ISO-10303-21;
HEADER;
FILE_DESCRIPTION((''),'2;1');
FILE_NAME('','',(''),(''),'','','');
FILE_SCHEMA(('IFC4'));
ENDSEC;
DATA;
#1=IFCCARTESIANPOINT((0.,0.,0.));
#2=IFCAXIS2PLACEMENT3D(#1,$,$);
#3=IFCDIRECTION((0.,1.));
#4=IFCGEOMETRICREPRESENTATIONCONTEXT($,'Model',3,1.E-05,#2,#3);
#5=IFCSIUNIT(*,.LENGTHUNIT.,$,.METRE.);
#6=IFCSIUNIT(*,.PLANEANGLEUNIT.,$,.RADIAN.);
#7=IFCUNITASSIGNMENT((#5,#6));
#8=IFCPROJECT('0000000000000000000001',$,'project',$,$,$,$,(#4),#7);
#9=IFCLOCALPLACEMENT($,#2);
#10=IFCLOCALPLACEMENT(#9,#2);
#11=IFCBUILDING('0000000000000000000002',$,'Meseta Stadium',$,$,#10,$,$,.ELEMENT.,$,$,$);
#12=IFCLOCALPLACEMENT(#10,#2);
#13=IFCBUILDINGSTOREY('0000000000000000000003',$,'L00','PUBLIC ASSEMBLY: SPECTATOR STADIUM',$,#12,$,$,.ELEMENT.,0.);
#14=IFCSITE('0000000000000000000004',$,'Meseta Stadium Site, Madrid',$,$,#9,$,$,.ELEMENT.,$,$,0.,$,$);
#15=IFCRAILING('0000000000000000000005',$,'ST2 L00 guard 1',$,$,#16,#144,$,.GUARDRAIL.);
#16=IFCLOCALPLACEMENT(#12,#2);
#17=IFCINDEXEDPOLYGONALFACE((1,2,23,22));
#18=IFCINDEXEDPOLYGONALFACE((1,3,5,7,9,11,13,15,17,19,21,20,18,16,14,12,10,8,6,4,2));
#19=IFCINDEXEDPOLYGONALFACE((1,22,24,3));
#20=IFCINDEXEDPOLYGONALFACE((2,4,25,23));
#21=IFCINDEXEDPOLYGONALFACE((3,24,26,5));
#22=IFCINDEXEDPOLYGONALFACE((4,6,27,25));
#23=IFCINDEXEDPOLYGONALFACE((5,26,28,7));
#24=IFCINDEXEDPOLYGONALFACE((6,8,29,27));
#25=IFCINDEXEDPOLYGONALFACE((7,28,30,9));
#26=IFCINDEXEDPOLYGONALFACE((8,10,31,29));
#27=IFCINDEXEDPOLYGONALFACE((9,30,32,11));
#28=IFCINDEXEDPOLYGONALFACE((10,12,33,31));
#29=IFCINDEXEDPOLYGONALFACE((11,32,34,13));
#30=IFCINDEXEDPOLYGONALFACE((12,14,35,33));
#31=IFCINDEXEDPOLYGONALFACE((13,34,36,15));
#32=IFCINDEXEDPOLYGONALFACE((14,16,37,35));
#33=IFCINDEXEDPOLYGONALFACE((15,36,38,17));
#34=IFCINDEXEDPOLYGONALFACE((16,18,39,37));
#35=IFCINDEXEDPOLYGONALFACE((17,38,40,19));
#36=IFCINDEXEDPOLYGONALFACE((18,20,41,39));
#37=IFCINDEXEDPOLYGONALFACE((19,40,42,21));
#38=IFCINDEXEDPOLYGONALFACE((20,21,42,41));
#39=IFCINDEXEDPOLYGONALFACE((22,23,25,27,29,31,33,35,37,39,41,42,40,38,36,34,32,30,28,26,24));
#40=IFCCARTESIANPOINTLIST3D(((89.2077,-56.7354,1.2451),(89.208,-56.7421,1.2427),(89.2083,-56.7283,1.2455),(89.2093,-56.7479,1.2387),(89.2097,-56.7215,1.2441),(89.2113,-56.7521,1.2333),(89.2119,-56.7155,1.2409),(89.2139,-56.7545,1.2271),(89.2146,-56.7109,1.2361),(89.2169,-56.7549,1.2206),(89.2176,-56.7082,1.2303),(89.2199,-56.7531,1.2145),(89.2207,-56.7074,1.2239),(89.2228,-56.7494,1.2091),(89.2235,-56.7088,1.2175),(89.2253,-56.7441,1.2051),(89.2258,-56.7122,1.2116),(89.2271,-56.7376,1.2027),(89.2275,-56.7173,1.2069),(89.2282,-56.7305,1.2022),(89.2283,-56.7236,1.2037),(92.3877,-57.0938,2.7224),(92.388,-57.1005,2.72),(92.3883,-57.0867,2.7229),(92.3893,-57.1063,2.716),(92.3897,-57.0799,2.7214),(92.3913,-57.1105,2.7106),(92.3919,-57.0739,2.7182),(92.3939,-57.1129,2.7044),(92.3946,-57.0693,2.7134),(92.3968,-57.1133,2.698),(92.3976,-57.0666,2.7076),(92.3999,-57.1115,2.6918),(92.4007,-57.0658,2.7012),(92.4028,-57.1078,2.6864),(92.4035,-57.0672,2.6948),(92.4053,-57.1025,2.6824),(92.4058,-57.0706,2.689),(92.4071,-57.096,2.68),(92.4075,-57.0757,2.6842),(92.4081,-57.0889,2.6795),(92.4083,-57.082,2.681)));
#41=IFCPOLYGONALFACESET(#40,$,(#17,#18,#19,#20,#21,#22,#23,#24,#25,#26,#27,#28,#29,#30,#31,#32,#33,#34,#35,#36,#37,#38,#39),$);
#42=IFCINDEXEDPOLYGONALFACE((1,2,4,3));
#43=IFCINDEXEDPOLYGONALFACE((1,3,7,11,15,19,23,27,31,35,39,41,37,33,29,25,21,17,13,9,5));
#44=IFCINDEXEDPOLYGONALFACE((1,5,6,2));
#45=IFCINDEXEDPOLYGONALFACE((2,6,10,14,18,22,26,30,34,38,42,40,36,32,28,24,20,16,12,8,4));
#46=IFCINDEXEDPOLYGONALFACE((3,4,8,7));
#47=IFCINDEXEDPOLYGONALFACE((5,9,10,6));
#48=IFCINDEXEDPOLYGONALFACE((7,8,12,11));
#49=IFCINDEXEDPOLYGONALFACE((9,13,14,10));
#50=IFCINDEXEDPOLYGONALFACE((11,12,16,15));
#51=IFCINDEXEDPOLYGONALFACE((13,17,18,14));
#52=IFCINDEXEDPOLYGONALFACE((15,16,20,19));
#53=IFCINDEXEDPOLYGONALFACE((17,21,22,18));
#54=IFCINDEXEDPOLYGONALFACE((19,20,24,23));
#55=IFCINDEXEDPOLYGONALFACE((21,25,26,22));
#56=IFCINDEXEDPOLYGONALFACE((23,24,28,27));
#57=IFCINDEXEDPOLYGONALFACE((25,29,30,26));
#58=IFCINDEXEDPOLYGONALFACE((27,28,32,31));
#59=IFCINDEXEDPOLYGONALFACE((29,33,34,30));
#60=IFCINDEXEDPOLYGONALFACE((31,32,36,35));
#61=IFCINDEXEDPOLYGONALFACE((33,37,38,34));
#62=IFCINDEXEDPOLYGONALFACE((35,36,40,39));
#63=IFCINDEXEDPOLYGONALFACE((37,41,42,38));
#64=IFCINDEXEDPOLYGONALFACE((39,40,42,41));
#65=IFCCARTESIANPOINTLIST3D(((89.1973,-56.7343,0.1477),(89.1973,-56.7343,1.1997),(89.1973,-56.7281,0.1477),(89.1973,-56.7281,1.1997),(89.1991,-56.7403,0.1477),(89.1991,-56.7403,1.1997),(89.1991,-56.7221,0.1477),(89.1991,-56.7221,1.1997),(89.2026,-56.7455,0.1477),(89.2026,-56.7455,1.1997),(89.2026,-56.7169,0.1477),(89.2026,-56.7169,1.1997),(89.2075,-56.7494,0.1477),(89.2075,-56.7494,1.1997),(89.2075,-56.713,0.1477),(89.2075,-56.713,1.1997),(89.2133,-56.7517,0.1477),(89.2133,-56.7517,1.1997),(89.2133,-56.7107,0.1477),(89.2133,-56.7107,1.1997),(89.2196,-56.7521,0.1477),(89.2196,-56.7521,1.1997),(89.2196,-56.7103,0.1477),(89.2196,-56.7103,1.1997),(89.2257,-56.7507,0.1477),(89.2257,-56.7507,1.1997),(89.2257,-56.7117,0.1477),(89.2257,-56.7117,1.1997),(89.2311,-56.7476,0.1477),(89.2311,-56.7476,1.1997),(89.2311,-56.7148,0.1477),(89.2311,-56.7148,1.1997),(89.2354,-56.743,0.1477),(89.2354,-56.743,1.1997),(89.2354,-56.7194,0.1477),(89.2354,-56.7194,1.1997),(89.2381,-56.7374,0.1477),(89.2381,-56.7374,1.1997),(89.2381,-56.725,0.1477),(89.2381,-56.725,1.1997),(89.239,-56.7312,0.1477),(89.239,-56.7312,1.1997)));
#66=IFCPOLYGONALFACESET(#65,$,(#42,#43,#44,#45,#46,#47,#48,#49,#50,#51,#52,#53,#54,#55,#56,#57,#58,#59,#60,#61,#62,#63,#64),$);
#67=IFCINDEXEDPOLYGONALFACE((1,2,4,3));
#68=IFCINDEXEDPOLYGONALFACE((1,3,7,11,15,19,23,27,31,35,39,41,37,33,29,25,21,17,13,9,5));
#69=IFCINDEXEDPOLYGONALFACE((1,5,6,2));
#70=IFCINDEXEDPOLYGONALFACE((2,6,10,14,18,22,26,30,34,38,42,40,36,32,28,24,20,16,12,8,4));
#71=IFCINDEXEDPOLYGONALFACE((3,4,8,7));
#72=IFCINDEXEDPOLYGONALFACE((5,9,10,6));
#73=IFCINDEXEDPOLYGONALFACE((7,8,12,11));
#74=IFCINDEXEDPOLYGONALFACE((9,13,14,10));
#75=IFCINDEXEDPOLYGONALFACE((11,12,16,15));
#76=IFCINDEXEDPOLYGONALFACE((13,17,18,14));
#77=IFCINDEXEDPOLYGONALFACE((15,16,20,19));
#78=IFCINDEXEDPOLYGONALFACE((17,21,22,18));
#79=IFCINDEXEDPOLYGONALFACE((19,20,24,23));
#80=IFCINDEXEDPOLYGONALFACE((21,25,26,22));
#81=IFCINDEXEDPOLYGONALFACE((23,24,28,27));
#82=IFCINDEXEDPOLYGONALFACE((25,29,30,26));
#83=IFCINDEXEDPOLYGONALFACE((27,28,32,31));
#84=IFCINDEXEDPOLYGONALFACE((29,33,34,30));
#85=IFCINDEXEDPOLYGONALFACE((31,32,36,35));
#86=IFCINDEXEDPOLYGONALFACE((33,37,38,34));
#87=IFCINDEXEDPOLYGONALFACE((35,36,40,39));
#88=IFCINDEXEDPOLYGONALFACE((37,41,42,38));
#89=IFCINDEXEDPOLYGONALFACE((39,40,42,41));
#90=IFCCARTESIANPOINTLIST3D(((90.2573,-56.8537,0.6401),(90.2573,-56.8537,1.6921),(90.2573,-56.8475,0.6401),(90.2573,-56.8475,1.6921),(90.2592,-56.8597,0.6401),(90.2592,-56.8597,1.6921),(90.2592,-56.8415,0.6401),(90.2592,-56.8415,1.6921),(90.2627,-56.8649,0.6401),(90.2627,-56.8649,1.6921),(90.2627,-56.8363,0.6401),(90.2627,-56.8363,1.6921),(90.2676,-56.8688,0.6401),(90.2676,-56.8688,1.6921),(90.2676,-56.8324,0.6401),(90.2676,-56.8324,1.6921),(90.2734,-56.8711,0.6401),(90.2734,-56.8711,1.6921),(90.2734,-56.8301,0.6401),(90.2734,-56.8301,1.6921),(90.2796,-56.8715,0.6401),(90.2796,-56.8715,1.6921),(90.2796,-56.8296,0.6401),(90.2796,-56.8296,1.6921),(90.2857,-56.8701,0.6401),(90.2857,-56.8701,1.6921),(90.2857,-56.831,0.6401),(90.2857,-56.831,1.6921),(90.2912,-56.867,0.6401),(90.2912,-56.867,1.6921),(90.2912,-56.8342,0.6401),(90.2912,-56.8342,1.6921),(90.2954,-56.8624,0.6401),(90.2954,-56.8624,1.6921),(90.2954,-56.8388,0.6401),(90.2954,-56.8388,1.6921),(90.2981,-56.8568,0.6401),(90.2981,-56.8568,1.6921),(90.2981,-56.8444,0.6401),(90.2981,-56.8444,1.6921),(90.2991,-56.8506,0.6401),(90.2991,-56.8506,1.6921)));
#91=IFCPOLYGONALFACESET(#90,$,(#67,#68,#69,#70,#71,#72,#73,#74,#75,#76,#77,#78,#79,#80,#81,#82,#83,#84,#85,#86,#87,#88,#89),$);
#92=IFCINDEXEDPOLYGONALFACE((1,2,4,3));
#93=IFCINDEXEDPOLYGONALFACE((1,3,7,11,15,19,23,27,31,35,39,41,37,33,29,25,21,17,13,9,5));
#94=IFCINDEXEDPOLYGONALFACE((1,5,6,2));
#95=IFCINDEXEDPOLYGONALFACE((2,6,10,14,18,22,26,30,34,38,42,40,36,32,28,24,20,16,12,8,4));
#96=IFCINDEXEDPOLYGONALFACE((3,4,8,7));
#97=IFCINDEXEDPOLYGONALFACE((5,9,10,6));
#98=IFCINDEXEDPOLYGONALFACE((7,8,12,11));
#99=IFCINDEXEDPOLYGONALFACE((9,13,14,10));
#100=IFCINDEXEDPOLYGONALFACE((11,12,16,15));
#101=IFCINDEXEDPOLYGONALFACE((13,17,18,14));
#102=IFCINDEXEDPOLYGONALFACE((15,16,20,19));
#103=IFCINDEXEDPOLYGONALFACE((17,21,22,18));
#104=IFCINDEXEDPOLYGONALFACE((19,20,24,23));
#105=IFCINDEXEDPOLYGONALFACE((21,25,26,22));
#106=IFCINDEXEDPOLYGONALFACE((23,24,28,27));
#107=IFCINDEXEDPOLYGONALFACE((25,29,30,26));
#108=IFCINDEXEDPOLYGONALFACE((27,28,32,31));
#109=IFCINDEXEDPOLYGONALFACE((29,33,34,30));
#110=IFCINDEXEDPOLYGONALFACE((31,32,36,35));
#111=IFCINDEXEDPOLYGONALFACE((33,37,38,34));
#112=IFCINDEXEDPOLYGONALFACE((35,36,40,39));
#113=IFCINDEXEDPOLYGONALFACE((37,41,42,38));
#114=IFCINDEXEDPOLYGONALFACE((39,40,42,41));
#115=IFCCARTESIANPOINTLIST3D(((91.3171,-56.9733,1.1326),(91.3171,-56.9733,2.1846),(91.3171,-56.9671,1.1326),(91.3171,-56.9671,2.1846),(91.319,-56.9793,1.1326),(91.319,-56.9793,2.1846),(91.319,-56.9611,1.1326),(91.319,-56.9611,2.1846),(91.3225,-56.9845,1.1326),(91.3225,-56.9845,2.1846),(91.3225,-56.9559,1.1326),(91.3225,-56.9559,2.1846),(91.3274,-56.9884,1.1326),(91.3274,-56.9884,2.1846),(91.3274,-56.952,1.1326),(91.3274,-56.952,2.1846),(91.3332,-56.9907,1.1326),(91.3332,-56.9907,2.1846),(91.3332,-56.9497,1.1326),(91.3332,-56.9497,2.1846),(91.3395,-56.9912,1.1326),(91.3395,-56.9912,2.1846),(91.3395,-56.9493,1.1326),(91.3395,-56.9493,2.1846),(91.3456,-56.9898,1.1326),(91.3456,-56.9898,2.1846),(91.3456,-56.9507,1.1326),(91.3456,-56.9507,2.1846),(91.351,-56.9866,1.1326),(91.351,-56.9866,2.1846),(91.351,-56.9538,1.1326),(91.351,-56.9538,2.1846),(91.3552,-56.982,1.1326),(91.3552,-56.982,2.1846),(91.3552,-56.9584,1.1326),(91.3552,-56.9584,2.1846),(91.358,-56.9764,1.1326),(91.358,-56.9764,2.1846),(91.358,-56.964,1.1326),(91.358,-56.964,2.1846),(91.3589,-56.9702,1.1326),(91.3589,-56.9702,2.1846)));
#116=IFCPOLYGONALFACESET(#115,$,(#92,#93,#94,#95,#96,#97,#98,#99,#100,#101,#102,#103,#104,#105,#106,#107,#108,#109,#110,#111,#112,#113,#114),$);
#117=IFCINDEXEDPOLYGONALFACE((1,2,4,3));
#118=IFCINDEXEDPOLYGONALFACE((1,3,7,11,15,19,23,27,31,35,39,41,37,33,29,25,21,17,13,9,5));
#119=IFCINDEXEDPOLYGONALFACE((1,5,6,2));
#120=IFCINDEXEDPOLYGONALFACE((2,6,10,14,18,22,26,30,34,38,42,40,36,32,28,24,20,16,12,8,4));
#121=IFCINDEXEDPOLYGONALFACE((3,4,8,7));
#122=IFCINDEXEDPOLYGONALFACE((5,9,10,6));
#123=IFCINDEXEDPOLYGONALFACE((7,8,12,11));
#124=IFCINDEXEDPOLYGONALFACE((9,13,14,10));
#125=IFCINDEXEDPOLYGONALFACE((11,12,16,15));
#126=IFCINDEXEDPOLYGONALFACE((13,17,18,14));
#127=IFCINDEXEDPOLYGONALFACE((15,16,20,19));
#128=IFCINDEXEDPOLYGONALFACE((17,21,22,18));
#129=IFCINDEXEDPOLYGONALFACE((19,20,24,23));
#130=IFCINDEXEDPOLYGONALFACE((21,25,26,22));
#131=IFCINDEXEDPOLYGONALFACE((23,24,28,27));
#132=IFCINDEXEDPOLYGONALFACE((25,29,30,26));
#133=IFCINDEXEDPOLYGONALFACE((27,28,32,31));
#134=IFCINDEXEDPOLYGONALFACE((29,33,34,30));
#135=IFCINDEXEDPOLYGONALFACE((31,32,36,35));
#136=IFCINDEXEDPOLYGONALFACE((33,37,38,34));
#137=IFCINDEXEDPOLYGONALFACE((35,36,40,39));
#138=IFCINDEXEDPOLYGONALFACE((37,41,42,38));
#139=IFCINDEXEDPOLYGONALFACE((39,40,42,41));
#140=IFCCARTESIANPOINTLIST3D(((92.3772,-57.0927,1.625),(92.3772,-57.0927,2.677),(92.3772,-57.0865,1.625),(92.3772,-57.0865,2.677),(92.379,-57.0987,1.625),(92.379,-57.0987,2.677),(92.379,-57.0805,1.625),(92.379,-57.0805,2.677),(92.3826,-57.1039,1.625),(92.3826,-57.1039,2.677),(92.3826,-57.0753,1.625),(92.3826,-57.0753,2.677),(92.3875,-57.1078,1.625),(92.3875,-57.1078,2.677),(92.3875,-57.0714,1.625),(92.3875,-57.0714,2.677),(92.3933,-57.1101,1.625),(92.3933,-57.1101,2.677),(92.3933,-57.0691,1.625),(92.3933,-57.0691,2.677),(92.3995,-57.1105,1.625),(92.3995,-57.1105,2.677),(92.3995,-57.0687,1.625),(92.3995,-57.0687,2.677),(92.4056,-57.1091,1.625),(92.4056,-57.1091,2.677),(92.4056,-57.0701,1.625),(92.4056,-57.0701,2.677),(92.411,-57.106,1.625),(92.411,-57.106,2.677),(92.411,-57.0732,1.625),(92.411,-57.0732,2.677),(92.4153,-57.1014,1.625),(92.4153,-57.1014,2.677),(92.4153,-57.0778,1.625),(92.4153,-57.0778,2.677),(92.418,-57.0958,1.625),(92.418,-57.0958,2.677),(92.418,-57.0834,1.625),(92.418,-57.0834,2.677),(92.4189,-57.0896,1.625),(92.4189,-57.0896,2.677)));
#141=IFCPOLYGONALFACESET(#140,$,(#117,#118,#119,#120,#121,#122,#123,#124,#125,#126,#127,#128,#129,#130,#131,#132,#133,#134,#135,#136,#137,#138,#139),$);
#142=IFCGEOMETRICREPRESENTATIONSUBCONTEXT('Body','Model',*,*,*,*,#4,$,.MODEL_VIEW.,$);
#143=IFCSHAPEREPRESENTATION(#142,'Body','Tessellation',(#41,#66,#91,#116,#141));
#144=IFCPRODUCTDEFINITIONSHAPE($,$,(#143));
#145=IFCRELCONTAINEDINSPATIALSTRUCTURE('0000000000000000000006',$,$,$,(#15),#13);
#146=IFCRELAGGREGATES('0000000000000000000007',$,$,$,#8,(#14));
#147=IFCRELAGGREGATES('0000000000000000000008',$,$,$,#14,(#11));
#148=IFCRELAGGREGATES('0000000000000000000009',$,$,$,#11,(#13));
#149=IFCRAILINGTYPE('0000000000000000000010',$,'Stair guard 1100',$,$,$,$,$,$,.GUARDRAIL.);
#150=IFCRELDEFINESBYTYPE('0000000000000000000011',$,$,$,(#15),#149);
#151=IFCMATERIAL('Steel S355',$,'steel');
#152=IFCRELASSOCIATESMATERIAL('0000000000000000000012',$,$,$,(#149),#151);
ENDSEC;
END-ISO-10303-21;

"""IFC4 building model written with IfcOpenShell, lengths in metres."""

from ifc_helpers import new_model, si_unit, direction, frame, origin, origin_2d, place, context, subcontext, project, spatial, circle, extrude, material, type_object, element, save


model = new_model("IFC4")

# Units and contexts
model_context = context("Model", 3, precision=1e-05, world=origin(), true_north=direction((0.0, 1.0)))
body_context = subcontext(model_context, "Body", "Model", "MODEL_VIEW")
ifc_project = project(units=[si_unit("LENGTHUNIT", "METRE"), si_unit("PLANEANGLEUNIT", "RADIAN")], contexts=[model_context])

# Site, building, storey
site_placement = place(None, origin())
site = spatial("IfcSite", under=ifc_project, at=site_placement, Name="Meseta Stadium Site, Madrid", CompositionType="ELEMENT", RefElevation=0.0)
building_placement = place(site_placement, origin())
building = spatial("IfcBuilding", under=site, at=building_placement, Name="Meseta Stadium", CompositionType="ELEMENT")
storey_placement = place(building_placement, origin())
storey = spatial("IfcBuildingStorey", under=building, at=storey_placement, Name="L00", Description="PUBLIC ASSEMBLY: SPECTATOR STADIUM", CompositionType="ELEMENT", Elevation=0.0)

# Railing
ifc_material_1 = material(Name="Steel S355", Category="steel")
railing_type_1 = type_object("IfcRailingType", Name="Stair guard 1100", PredefinedType="GUARDRAIL", material=ifc_material_1)
railing_1_placement = place(storey_placement, frame((89.218, -56.7312, 0.1477)))
element("IfcRailing", 1, at=railing_1_placement, inside=storey, type_object=railing_type_1, Name="ST2 L00 guard 1", PredefinedType="GUARDRAIL", context=body_context, shape_type="SweptSolid", body=[
    extrude(circle(Radius=0.0239, at=origin_2d()), frame((0.0, 0.0, 1.0762), z_axis=(0.90221, -0.101685, 0.419138), x_axis=(0.111997, 0.993709, 0.0)), (0.0, 0.0, 1.0), 3.5247),
    extrude(circle(Radius=0.021, at=origin_2d()), origin(), (0.0, 0.0, 1.0), 1.052),
    extrude(circle(Radius=0.021, at=origin_2d()), frame((1.0601, -0.1194, 0.4924)), (0.0, 0.0, 1.0), 1.052),
    extrude(circle(Radius=0.021, at=origin_2d()), frame((2.1199, -0.239, 0.9849)), (0.0, 0.0, 1.0), 1.052),
    extrude(circle(Radius=0.021, at=origin_2d()), frame((3.1799, -0.3584, 1.4773)), (0.0, 0.0, 1.0), 1.052),
])

save(model, "model.ifc")
